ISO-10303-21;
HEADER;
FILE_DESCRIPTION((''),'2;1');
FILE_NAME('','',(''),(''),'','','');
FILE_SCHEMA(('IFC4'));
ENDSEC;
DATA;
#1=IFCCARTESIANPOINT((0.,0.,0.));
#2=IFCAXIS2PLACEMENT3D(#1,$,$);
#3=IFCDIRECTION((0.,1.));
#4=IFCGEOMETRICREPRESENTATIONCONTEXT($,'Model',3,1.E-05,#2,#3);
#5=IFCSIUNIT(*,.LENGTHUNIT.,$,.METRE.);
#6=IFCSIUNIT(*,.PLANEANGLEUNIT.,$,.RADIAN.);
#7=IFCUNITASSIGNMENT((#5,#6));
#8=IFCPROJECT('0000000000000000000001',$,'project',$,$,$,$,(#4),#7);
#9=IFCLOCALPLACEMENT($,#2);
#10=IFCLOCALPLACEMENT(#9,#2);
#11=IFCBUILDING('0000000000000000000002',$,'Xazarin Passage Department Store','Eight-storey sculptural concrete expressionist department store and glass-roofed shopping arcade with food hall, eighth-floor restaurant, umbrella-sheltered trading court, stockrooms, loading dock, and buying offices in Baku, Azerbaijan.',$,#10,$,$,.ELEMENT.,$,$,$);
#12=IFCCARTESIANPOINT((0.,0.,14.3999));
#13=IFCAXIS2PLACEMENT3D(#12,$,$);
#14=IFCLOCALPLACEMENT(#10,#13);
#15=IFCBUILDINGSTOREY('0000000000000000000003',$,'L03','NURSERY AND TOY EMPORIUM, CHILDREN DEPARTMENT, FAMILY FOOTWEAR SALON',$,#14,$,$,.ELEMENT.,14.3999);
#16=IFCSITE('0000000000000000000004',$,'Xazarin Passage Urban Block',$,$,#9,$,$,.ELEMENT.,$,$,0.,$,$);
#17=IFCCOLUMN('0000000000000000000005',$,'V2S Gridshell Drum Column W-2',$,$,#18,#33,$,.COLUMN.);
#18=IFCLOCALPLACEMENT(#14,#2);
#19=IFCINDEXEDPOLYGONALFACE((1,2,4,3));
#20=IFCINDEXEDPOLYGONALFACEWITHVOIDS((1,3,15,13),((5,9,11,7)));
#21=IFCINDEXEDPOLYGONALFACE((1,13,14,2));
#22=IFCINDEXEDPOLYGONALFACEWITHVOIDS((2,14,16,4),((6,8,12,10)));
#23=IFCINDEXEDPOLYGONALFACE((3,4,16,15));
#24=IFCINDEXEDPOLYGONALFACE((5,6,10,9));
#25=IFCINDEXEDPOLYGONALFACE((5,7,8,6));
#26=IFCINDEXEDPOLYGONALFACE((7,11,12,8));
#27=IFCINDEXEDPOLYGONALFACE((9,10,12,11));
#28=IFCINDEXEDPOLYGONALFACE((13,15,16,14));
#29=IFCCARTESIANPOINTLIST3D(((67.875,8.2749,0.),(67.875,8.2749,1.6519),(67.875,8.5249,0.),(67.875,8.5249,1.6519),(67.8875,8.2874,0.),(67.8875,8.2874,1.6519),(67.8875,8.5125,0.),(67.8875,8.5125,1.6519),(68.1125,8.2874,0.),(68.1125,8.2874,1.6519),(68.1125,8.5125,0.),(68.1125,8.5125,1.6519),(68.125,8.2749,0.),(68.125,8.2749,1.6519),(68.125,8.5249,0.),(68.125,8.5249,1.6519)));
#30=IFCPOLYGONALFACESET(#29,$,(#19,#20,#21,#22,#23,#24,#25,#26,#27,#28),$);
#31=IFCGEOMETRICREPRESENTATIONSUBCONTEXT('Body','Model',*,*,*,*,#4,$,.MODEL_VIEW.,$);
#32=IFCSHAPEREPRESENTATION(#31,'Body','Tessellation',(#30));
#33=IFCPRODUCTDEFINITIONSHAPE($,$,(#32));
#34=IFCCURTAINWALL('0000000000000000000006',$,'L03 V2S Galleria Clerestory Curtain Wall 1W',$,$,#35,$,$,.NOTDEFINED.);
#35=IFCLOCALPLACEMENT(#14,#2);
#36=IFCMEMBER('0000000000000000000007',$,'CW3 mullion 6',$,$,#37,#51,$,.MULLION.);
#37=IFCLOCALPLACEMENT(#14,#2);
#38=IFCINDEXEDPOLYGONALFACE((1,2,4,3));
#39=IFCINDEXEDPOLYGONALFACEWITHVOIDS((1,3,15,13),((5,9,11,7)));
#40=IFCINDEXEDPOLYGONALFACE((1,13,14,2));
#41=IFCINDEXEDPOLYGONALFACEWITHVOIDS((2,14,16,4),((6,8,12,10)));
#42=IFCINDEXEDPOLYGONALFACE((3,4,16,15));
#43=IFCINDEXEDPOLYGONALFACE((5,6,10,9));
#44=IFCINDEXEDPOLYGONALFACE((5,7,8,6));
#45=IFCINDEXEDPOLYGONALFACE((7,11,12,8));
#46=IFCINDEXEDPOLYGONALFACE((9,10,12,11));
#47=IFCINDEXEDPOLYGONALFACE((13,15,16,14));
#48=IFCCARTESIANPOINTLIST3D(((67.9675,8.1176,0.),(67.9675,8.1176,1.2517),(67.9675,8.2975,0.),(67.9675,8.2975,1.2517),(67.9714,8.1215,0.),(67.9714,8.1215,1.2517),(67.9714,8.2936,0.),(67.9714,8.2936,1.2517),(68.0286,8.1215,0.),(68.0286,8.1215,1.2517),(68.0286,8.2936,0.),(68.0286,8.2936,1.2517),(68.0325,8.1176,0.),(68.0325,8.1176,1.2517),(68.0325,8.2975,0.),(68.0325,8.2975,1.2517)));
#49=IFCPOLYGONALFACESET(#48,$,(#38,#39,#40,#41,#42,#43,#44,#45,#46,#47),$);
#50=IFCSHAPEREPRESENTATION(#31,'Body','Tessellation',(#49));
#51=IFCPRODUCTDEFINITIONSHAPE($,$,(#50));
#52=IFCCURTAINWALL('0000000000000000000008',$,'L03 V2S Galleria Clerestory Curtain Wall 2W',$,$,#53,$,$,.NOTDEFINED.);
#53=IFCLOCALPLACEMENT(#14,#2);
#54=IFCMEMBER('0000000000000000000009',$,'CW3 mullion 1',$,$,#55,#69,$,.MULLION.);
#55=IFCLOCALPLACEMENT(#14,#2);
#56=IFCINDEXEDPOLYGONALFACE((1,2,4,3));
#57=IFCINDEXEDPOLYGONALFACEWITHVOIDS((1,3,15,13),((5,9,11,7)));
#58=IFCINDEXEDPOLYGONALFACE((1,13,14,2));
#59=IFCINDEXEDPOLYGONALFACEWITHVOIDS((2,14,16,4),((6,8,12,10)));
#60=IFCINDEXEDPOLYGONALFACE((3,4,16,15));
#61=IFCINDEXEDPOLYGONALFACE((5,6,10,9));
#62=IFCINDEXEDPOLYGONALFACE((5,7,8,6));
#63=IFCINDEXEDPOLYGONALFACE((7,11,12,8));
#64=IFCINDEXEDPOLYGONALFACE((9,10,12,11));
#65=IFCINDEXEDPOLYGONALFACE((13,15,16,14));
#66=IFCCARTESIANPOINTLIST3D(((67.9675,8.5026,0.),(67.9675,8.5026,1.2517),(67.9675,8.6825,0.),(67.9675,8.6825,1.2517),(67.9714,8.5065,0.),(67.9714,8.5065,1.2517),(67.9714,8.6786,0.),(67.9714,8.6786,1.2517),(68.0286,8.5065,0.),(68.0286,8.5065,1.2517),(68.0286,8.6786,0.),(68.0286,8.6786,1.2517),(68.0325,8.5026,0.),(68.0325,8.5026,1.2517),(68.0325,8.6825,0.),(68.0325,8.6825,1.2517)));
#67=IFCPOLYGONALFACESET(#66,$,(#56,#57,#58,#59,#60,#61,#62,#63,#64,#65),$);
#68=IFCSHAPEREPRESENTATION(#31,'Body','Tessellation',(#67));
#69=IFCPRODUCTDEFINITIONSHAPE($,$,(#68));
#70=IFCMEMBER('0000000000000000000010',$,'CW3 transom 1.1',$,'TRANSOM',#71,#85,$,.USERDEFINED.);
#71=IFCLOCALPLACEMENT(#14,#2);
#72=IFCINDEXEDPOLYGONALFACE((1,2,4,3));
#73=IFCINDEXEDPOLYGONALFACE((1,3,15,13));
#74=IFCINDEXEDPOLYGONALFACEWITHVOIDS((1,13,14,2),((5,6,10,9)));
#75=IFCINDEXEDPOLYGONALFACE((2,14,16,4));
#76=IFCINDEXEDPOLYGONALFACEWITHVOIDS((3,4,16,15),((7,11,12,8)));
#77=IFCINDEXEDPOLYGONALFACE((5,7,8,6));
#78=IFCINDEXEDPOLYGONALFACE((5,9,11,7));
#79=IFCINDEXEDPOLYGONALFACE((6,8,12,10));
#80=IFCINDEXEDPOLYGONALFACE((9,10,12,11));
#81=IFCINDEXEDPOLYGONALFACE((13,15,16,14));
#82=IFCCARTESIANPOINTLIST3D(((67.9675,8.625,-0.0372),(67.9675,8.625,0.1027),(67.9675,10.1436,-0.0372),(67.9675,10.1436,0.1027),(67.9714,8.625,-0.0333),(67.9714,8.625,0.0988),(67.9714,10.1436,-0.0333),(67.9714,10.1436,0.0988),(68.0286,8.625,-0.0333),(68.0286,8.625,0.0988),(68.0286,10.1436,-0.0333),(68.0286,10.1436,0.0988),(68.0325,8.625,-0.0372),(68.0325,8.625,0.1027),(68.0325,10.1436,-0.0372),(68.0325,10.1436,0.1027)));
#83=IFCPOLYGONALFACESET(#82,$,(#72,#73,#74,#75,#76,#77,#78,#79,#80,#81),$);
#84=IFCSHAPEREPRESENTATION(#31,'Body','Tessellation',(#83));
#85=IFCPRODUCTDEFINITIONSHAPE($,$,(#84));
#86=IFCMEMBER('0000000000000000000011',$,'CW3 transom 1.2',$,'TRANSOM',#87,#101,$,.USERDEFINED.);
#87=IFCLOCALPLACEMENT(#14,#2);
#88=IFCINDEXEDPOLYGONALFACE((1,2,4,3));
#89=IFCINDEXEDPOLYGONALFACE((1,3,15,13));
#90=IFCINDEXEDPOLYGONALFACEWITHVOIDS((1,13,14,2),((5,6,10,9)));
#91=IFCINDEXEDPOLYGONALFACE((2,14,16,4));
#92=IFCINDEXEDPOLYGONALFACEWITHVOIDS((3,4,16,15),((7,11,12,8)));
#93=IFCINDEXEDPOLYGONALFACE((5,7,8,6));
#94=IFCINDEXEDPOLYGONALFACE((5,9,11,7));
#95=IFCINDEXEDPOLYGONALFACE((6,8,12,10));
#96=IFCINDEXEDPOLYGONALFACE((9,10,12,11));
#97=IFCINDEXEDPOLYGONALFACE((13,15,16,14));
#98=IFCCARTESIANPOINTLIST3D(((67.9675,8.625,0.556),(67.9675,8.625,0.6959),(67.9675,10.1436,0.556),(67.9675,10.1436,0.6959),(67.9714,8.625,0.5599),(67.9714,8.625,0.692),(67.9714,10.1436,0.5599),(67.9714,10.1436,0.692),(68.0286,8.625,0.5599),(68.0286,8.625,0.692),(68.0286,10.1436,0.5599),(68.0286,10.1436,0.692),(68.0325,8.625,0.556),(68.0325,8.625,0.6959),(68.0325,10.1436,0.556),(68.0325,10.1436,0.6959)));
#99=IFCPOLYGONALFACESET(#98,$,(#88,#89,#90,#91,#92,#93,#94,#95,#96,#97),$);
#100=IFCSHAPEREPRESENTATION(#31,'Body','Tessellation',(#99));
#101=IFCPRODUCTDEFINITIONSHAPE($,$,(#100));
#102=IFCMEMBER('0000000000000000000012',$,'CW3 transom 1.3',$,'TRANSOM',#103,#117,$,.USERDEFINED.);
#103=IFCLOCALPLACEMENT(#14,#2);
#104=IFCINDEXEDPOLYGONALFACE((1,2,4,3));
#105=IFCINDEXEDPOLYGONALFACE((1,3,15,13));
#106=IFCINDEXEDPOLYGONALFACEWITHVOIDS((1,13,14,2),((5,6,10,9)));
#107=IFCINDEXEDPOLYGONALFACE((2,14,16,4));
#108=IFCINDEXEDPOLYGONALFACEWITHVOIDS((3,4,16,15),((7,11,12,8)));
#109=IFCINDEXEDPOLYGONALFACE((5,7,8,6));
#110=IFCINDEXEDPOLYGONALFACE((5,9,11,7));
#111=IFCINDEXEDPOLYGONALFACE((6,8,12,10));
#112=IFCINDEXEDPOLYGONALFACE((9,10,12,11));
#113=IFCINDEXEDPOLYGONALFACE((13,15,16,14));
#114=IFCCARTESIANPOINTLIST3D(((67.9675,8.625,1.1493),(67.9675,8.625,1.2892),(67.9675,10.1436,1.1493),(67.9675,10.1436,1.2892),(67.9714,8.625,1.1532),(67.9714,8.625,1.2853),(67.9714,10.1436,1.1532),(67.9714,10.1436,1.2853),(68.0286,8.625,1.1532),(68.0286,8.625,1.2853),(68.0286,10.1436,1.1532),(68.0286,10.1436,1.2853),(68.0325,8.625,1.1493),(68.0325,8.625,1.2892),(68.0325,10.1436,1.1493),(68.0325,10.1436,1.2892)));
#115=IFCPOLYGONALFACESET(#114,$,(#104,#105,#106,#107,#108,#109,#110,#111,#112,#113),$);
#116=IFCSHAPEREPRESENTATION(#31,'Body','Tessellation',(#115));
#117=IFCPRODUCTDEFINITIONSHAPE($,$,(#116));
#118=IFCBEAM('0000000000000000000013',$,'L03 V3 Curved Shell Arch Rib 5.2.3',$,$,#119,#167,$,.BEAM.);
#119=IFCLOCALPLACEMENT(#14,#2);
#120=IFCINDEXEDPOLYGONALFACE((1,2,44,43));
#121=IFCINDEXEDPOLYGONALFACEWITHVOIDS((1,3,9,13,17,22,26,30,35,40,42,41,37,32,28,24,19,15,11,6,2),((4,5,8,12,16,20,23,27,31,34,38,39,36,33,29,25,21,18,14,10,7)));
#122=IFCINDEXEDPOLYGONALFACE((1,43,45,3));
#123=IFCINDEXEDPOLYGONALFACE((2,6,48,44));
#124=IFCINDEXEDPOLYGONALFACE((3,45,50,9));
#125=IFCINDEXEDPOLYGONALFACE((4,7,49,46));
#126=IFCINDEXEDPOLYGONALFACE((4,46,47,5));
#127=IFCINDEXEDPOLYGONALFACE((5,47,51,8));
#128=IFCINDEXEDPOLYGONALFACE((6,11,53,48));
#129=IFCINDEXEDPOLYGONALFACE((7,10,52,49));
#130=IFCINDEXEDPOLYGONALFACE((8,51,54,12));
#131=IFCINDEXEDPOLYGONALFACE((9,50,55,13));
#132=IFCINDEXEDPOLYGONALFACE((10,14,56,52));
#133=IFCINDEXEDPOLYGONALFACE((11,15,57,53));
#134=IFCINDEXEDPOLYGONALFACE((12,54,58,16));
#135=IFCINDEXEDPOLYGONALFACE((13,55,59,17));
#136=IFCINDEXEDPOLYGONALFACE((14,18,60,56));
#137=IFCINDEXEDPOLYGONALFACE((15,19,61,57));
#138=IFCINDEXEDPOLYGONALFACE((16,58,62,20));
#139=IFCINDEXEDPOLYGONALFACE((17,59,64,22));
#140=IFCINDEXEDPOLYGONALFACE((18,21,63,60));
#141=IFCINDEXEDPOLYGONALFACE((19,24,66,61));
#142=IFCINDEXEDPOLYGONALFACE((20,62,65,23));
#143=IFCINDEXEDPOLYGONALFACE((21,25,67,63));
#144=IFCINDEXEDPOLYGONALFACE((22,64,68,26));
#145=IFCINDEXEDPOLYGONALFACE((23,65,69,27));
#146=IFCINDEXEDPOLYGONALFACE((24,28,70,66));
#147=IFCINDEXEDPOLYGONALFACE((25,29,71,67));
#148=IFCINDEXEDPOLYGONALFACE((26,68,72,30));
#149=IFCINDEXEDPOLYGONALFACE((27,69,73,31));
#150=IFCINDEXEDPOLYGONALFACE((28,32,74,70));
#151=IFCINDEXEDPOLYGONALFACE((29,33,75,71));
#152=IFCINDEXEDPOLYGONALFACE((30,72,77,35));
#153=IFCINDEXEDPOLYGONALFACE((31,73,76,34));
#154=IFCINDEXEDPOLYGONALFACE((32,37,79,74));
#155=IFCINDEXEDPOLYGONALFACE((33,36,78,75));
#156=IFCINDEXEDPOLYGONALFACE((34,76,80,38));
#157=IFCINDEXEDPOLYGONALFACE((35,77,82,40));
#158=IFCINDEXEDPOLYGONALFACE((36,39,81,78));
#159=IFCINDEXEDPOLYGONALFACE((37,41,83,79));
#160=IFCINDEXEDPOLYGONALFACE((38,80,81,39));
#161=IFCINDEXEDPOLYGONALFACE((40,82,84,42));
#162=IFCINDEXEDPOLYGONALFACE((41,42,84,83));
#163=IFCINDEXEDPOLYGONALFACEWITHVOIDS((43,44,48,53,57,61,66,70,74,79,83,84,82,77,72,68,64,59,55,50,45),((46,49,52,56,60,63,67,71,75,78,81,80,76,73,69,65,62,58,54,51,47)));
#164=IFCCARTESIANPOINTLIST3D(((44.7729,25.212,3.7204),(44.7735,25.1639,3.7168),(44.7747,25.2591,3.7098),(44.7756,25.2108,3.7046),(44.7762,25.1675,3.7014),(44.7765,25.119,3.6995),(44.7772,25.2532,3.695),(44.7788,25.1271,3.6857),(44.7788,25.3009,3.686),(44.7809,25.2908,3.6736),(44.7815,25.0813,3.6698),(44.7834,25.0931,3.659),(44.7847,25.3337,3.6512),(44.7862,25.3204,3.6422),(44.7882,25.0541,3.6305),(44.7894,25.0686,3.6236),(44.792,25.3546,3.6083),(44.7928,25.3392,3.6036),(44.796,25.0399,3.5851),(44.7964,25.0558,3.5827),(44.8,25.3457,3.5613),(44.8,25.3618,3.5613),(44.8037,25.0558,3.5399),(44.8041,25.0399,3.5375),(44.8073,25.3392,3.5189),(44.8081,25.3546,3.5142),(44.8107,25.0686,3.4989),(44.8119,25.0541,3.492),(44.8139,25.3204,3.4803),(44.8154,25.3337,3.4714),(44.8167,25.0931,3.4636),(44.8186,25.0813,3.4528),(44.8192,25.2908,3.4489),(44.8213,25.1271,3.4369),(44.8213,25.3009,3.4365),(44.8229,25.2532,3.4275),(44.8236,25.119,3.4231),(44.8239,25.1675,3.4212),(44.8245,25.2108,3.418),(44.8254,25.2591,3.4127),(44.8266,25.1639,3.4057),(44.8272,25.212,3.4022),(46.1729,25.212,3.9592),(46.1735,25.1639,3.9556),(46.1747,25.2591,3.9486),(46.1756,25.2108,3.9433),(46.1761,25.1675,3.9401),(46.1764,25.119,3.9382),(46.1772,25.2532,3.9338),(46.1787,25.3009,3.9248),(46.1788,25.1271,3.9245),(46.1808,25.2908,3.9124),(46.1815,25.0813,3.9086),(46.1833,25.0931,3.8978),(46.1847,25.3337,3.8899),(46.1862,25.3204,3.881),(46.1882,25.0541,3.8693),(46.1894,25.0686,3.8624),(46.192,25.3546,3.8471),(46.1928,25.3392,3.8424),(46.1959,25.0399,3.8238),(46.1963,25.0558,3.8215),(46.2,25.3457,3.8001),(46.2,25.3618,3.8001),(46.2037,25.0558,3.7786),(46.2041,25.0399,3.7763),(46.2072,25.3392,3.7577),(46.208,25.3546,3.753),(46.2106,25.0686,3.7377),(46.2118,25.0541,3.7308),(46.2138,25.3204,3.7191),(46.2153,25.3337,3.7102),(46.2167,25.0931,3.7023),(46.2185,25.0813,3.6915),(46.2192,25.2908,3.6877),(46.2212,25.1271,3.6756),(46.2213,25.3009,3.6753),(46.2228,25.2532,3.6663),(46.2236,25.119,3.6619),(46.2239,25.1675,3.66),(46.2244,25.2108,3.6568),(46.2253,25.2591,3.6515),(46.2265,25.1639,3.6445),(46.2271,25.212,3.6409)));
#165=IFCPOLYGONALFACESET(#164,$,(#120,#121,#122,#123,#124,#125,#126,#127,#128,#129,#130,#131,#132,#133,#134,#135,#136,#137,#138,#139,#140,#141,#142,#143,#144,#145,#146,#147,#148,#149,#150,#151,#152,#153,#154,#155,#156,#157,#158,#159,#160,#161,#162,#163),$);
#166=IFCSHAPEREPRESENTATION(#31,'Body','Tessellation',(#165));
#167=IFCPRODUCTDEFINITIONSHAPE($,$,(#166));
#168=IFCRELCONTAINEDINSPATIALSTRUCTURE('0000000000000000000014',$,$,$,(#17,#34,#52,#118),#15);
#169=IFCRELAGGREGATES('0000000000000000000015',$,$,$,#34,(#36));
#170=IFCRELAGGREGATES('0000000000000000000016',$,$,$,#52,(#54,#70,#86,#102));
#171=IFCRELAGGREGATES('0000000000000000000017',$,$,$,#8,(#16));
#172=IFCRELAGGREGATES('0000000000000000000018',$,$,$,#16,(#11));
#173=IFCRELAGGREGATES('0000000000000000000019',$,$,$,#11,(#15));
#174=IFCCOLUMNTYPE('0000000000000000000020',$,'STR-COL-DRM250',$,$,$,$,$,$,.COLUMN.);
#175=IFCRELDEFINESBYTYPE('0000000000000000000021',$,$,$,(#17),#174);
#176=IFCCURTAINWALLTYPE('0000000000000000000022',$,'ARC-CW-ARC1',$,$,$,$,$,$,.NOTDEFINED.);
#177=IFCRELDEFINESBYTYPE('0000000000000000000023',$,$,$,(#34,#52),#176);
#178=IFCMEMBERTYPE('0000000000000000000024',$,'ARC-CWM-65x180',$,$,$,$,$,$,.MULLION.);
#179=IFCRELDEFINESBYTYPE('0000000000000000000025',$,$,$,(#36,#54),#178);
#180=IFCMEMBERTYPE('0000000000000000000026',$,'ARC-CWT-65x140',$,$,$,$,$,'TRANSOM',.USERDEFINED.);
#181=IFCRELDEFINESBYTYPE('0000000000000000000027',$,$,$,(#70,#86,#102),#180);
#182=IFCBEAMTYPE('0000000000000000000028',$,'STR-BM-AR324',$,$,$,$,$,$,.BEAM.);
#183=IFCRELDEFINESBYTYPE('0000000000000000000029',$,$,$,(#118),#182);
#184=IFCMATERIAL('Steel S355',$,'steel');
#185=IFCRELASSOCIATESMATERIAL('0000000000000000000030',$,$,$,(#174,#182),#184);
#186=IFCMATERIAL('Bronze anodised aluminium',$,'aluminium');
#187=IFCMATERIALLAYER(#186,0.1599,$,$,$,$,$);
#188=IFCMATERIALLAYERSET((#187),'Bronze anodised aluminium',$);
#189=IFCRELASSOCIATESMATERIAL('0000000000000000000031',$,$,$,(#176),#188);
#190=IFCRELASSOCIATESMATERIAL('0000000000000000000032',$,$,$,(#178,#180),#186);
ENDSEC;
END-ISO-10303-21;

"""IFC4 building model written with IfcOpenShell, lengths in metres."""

from ifc_helpers import new_model, si_unit, direction, frame, origin, origin_2d, place, context, subcontext, project, spatial, hollow_rectangle, hollow_circle, extrude, material, layer, layer_set, material_profile, profile_set, type_object, element, aggregate, save


model = new_model("IFC4")

# Units and contexts
model_context = context("Model", 3, precision=1e-05, world=origin(), true_north=direction((0.0, 1.0)))
body_context = subcontext(model_context, "Body", "Model", "MODEL_VIEW")
ifc_project = project(units=[si_unit("LENGTHUNIT", "METRE"), si_unit("PLANEANGLEUNIT", "RADIAN")], contexts=[model_context])

# Site, building, storey
site_placement = place(None, origin())
site = spatial("IfcSite", under=ifc_project, at=site_placement, Name="Xazarin Passage Urban Block", CompositionType="ELEMENT", RefElevation=0.0)
building_placement = place(site_placement, origin())
building = spatial("IfcBuilding", under=site, at=building_placement, Name="Xazarin Passage Department Store", Description="Eight-storey sculptural concrete expressionist department store and glass-roofed shopping arcade with food hall, eighth-floor restaurant, umbrella-sheltered trading court, stockrooms, loading dock, and buying offices in Baku, Azerbaijan.", CompositionType="ELEMENT")
storey_placement = place(building_placement, frame((0.0, 0.0, 14.3999)))
storey = spatial("IfcBuildingStorey", under=building, at=storey_placement, Name="L03", Description="NURSERY AND TOY EMPORIUM, CHILDREN DEPARTMENT, FAMILY FOOTWEAR SALON", CompositionType="ELEMENT", Elevation=14.3999)

# Column
ifc_material_1 = material(Name="Steel S355", Category="steel")
ifc_material_profile_1 = material_profile(ifc_material_1, hollow_rectangle(XDim=0.25, YDim=0.25, WallThickness=0.0125, at=origin_2d()), Name="SHS 250x250x12.5")
ifc_profile_set_1 = profile_set([ifc_material_profile_1], Name="Steel S355")
column_type = type_object("IfcColumnType", Name="STR-COL-DRM250", PredefinedType="COLUMN", material=ifc_profile_set_1)
column_placement = place(storey_placement, frame((68.0, 8.3999, 0.0), z_axis=(0.0, 0.0, 1.0), x_axis=(1.0, 0.0, 0.0)))
element("IfcColumn", 1, at=column_placement, inside=storey, type_object=column_type, Name="V2S Gridshell Drum Column W-2", PredefinedType="COLUMN", context=body_context, shape_type="SweptSolid", body=[
    extrude(hollow_rectangle(XDim=0.25, YDim=0.25, WallThickness=0.0125, at=origin_2d()), origin(), (0.0, 0.0, 1.0), 1.6519),
])

# Curtain wall, member
ifc_material_2 = material(Name="Bronze anodised aluminium", Category="aluminium")
ifc_layer_1 = layer(ifc_material_2, 0.1599)
ifc_layer_set_1 = layer_set([ifc_layer_1], Name="Bronze anodised aluminium")
curtain_wall_type = type_object("IfcCurtainWallType", Name="ARC-CW-ARC1", PredefinedType="NOTDEFINED", material=ifc_layer_set_1)
curtain_wall_1_placement = place(storey_placement, origin())
curtain_wall_1 = element("IfcCurtainWall", 2, at=curtain_wall_1_placement, inside=storey, type_object=curtain_wall_type, Name="L03 V2S Galleria Clerestory Curtain Wall 1W", PredefinedType="NOTDEFINED")
ifc_material_profile_2 = material_profile(ifc_material_2, hollow_rectangle(XDim=0.0649, YDim=0.1799, WallThickness=0.0039, at=origin_2d()), Name="ALU 65x180")
ifc_profile_set_2 = profile_set([ifc_material_profile_2], Name="Bronze anodised aluminium")
member_type_1 = type_object("IfcMemberType", Name="ARC-CWM-65x180", PredefinedType="MULLION", material=ifc_profile_set_2)
member_1_placement = place(storey_placement, frame((68.0, 8.2075, 0.0), z_axis=(0.0, 0.0, 1.0), x_axis=(-1.0, 0.0, 0.0)))
member_1 = element("IfcMember", 3, at=member_1_placement, type_object=member_type_1, Name="CW3 mullion 6", PredefinedType="MULLION", context=body_context, shape_type="SweptSolid", body=[
    extrude(hollow_rectangle(XDim=0.0649, YDim=0.1799, WallThickness=0.0039, at=origin_2d()), origin(), (0.0, 0.0, 1.0), 1.2517),
])

# Curtain wall, members
curtain_wall_2_placement = place(storey_placement, origin())
curtain_wall_2 = element("IfcCurtainWall", 4, at=curtain_wall_2_placement, inside=storey, type_object=curtain_wall_type, Name="L03 V2S Galleria Clerestory Curtain Wall 2W", PredefinedType="NOTDEFINED")
member_2_placement = place(storey_placement, frame((68.0, 8.5925, 0.0), z_axis=(0.0, 0.0, 1.0), x_axis=(-1.0, 0.0, 0.0)))
member_2 = element("IfcMember", 5, at=member_2_placement, type_object=member_type_1, Name="CW3 mullion 1", PredefinedType="MULLION", context=body_context, shape_type="SweptSolid", body=[
    extrude(hollow_rectangle(XDim=0.0649, YDim=0.1799, WallThickness=0.0039, at=origin_2d()), origin(), (0.0, 0.0, 1.0), 1.2517),
])
ifc_material_profile_3 = material_profile(ifc_material_2, hollow_rectangle(XDim=0.0649, YDim=0.1399, WallThickness=0.0039, at=origin_2d()), Name="ALU 65x140")
ifc_profile_set_3 = profile_set([ifc_material_profile_3], Name="Bronze anodised aluminium")
member_type_2 = type_object("IfcMemberType", Name="ARC-CWT-65x140", ElementType="TRANSOM", PredefinedType="USERDEFINED", material=ifc_profile_set_3)
member_3_placement = place(storey_placement, frame((68.0, 8.625, 0.0327), z_axis=(0.0, 1.0, 0.0), x_axis=(-1.0, 0.0, 0.0)))
member_3 = element("IfcMember", 6, at=member_3_placement, type_object=member_type_2, Name="CW3 transom 1.1", ObjectType="TRANSOM", PredefinedType="USERDEFINED", context=body_context, shape_type="SweptSolid", body=[
    extrude(hollow_rectangle(XDim=0.0649, YDim=0.1399, WallThickness=0.0039, at=origin_2d()), origin(), (0.0, 0.0, 1.0), 1.5186),
])
member_4_placement = place(storey_placement, frame((68.0, 8.625, 0.626), z_axis=(0.0, 1.0, 0.0), x_axis=(-1.0, 0.0, 0.0)))
member_4 = element("IfcMember", 7, at=member_4_placement, type_object=member_type_2, Name="CW3 transom 1.2", ObjectType="TRANSOM", PredefinedType="USERDEFINED", context=body_context, shape_type="SweptSolid", body=[
    extrude(hollow_rectangle(XDim=0.0649, YDim=0.1399, WallThickness=0.0039, at=origin_2d()), origin(), (0.0, 0.0, 1.0), 1.5186),
])
member_5_placement = place(storey_placement, frame((68.0, 8.625, 1.2192), z_axis=(0.0, 1.0, 0.0), x_axis=(-1.0, 0.0, 0.0)))
member_5 = element("IfcMember", 8, at=member_5_placement, type_object=member_type_2, Name="CW3 transom 1.3", ObjectType="TRANSOM", PredefinedType="USERDEFINED", context=body_context, shape_type="SweptSolid", body=[
    extrude(hollow_rectangle(XDim=0.0649, YDim=0.1399, WallThickness=0.0039, at=origin_2d()), origin(), (0.0, 0.0, 1.0), 1.5186),
])

# Beam
ifc_material_profile_4 = material_profile(ifc_material_1, hollow_circle(Radius=0.1619, WallThickness=0.0161, at=origin_2d()), Name="CHS 323.9x16")
ifc_profile_set_4 = profile_set([ifc_material_profile_4], Name="Steel S355")
beam_type_1 = type_object("IfcBeamType", Name="STR-BM-AR324", PredefinedType="BEAM", material=ifc_profile_set_4)
beam_1_placement = place(storey_placement, frame((44.8, 25.2, 3.5613), z_axis=(0.985764, 0.0, 0.168133), x_axis=(0.0, 1.0, 0.0)))
element("IfcBeam", 9, at=beam_1_placement, inside=storey, type_object=beam_type_1, Name="L03 V3 Curved Shell Arch Rib 5.2.3", PredefinedType="BEAM", context=body_context, shape_type="SweptSolid", body=[
    extrude(hollow_circle(Radius=0.1619, WallThickness=0.0161, at=origin_2d()), origin(), (0.0, 0.0, 1.0), 1.4202),
])

aggregate(curtain_wall_1, [member_1])
aggregate(curtain_wall_2, [member_2, member_3, member_4, member_5])

save(model, "model.ifc")
